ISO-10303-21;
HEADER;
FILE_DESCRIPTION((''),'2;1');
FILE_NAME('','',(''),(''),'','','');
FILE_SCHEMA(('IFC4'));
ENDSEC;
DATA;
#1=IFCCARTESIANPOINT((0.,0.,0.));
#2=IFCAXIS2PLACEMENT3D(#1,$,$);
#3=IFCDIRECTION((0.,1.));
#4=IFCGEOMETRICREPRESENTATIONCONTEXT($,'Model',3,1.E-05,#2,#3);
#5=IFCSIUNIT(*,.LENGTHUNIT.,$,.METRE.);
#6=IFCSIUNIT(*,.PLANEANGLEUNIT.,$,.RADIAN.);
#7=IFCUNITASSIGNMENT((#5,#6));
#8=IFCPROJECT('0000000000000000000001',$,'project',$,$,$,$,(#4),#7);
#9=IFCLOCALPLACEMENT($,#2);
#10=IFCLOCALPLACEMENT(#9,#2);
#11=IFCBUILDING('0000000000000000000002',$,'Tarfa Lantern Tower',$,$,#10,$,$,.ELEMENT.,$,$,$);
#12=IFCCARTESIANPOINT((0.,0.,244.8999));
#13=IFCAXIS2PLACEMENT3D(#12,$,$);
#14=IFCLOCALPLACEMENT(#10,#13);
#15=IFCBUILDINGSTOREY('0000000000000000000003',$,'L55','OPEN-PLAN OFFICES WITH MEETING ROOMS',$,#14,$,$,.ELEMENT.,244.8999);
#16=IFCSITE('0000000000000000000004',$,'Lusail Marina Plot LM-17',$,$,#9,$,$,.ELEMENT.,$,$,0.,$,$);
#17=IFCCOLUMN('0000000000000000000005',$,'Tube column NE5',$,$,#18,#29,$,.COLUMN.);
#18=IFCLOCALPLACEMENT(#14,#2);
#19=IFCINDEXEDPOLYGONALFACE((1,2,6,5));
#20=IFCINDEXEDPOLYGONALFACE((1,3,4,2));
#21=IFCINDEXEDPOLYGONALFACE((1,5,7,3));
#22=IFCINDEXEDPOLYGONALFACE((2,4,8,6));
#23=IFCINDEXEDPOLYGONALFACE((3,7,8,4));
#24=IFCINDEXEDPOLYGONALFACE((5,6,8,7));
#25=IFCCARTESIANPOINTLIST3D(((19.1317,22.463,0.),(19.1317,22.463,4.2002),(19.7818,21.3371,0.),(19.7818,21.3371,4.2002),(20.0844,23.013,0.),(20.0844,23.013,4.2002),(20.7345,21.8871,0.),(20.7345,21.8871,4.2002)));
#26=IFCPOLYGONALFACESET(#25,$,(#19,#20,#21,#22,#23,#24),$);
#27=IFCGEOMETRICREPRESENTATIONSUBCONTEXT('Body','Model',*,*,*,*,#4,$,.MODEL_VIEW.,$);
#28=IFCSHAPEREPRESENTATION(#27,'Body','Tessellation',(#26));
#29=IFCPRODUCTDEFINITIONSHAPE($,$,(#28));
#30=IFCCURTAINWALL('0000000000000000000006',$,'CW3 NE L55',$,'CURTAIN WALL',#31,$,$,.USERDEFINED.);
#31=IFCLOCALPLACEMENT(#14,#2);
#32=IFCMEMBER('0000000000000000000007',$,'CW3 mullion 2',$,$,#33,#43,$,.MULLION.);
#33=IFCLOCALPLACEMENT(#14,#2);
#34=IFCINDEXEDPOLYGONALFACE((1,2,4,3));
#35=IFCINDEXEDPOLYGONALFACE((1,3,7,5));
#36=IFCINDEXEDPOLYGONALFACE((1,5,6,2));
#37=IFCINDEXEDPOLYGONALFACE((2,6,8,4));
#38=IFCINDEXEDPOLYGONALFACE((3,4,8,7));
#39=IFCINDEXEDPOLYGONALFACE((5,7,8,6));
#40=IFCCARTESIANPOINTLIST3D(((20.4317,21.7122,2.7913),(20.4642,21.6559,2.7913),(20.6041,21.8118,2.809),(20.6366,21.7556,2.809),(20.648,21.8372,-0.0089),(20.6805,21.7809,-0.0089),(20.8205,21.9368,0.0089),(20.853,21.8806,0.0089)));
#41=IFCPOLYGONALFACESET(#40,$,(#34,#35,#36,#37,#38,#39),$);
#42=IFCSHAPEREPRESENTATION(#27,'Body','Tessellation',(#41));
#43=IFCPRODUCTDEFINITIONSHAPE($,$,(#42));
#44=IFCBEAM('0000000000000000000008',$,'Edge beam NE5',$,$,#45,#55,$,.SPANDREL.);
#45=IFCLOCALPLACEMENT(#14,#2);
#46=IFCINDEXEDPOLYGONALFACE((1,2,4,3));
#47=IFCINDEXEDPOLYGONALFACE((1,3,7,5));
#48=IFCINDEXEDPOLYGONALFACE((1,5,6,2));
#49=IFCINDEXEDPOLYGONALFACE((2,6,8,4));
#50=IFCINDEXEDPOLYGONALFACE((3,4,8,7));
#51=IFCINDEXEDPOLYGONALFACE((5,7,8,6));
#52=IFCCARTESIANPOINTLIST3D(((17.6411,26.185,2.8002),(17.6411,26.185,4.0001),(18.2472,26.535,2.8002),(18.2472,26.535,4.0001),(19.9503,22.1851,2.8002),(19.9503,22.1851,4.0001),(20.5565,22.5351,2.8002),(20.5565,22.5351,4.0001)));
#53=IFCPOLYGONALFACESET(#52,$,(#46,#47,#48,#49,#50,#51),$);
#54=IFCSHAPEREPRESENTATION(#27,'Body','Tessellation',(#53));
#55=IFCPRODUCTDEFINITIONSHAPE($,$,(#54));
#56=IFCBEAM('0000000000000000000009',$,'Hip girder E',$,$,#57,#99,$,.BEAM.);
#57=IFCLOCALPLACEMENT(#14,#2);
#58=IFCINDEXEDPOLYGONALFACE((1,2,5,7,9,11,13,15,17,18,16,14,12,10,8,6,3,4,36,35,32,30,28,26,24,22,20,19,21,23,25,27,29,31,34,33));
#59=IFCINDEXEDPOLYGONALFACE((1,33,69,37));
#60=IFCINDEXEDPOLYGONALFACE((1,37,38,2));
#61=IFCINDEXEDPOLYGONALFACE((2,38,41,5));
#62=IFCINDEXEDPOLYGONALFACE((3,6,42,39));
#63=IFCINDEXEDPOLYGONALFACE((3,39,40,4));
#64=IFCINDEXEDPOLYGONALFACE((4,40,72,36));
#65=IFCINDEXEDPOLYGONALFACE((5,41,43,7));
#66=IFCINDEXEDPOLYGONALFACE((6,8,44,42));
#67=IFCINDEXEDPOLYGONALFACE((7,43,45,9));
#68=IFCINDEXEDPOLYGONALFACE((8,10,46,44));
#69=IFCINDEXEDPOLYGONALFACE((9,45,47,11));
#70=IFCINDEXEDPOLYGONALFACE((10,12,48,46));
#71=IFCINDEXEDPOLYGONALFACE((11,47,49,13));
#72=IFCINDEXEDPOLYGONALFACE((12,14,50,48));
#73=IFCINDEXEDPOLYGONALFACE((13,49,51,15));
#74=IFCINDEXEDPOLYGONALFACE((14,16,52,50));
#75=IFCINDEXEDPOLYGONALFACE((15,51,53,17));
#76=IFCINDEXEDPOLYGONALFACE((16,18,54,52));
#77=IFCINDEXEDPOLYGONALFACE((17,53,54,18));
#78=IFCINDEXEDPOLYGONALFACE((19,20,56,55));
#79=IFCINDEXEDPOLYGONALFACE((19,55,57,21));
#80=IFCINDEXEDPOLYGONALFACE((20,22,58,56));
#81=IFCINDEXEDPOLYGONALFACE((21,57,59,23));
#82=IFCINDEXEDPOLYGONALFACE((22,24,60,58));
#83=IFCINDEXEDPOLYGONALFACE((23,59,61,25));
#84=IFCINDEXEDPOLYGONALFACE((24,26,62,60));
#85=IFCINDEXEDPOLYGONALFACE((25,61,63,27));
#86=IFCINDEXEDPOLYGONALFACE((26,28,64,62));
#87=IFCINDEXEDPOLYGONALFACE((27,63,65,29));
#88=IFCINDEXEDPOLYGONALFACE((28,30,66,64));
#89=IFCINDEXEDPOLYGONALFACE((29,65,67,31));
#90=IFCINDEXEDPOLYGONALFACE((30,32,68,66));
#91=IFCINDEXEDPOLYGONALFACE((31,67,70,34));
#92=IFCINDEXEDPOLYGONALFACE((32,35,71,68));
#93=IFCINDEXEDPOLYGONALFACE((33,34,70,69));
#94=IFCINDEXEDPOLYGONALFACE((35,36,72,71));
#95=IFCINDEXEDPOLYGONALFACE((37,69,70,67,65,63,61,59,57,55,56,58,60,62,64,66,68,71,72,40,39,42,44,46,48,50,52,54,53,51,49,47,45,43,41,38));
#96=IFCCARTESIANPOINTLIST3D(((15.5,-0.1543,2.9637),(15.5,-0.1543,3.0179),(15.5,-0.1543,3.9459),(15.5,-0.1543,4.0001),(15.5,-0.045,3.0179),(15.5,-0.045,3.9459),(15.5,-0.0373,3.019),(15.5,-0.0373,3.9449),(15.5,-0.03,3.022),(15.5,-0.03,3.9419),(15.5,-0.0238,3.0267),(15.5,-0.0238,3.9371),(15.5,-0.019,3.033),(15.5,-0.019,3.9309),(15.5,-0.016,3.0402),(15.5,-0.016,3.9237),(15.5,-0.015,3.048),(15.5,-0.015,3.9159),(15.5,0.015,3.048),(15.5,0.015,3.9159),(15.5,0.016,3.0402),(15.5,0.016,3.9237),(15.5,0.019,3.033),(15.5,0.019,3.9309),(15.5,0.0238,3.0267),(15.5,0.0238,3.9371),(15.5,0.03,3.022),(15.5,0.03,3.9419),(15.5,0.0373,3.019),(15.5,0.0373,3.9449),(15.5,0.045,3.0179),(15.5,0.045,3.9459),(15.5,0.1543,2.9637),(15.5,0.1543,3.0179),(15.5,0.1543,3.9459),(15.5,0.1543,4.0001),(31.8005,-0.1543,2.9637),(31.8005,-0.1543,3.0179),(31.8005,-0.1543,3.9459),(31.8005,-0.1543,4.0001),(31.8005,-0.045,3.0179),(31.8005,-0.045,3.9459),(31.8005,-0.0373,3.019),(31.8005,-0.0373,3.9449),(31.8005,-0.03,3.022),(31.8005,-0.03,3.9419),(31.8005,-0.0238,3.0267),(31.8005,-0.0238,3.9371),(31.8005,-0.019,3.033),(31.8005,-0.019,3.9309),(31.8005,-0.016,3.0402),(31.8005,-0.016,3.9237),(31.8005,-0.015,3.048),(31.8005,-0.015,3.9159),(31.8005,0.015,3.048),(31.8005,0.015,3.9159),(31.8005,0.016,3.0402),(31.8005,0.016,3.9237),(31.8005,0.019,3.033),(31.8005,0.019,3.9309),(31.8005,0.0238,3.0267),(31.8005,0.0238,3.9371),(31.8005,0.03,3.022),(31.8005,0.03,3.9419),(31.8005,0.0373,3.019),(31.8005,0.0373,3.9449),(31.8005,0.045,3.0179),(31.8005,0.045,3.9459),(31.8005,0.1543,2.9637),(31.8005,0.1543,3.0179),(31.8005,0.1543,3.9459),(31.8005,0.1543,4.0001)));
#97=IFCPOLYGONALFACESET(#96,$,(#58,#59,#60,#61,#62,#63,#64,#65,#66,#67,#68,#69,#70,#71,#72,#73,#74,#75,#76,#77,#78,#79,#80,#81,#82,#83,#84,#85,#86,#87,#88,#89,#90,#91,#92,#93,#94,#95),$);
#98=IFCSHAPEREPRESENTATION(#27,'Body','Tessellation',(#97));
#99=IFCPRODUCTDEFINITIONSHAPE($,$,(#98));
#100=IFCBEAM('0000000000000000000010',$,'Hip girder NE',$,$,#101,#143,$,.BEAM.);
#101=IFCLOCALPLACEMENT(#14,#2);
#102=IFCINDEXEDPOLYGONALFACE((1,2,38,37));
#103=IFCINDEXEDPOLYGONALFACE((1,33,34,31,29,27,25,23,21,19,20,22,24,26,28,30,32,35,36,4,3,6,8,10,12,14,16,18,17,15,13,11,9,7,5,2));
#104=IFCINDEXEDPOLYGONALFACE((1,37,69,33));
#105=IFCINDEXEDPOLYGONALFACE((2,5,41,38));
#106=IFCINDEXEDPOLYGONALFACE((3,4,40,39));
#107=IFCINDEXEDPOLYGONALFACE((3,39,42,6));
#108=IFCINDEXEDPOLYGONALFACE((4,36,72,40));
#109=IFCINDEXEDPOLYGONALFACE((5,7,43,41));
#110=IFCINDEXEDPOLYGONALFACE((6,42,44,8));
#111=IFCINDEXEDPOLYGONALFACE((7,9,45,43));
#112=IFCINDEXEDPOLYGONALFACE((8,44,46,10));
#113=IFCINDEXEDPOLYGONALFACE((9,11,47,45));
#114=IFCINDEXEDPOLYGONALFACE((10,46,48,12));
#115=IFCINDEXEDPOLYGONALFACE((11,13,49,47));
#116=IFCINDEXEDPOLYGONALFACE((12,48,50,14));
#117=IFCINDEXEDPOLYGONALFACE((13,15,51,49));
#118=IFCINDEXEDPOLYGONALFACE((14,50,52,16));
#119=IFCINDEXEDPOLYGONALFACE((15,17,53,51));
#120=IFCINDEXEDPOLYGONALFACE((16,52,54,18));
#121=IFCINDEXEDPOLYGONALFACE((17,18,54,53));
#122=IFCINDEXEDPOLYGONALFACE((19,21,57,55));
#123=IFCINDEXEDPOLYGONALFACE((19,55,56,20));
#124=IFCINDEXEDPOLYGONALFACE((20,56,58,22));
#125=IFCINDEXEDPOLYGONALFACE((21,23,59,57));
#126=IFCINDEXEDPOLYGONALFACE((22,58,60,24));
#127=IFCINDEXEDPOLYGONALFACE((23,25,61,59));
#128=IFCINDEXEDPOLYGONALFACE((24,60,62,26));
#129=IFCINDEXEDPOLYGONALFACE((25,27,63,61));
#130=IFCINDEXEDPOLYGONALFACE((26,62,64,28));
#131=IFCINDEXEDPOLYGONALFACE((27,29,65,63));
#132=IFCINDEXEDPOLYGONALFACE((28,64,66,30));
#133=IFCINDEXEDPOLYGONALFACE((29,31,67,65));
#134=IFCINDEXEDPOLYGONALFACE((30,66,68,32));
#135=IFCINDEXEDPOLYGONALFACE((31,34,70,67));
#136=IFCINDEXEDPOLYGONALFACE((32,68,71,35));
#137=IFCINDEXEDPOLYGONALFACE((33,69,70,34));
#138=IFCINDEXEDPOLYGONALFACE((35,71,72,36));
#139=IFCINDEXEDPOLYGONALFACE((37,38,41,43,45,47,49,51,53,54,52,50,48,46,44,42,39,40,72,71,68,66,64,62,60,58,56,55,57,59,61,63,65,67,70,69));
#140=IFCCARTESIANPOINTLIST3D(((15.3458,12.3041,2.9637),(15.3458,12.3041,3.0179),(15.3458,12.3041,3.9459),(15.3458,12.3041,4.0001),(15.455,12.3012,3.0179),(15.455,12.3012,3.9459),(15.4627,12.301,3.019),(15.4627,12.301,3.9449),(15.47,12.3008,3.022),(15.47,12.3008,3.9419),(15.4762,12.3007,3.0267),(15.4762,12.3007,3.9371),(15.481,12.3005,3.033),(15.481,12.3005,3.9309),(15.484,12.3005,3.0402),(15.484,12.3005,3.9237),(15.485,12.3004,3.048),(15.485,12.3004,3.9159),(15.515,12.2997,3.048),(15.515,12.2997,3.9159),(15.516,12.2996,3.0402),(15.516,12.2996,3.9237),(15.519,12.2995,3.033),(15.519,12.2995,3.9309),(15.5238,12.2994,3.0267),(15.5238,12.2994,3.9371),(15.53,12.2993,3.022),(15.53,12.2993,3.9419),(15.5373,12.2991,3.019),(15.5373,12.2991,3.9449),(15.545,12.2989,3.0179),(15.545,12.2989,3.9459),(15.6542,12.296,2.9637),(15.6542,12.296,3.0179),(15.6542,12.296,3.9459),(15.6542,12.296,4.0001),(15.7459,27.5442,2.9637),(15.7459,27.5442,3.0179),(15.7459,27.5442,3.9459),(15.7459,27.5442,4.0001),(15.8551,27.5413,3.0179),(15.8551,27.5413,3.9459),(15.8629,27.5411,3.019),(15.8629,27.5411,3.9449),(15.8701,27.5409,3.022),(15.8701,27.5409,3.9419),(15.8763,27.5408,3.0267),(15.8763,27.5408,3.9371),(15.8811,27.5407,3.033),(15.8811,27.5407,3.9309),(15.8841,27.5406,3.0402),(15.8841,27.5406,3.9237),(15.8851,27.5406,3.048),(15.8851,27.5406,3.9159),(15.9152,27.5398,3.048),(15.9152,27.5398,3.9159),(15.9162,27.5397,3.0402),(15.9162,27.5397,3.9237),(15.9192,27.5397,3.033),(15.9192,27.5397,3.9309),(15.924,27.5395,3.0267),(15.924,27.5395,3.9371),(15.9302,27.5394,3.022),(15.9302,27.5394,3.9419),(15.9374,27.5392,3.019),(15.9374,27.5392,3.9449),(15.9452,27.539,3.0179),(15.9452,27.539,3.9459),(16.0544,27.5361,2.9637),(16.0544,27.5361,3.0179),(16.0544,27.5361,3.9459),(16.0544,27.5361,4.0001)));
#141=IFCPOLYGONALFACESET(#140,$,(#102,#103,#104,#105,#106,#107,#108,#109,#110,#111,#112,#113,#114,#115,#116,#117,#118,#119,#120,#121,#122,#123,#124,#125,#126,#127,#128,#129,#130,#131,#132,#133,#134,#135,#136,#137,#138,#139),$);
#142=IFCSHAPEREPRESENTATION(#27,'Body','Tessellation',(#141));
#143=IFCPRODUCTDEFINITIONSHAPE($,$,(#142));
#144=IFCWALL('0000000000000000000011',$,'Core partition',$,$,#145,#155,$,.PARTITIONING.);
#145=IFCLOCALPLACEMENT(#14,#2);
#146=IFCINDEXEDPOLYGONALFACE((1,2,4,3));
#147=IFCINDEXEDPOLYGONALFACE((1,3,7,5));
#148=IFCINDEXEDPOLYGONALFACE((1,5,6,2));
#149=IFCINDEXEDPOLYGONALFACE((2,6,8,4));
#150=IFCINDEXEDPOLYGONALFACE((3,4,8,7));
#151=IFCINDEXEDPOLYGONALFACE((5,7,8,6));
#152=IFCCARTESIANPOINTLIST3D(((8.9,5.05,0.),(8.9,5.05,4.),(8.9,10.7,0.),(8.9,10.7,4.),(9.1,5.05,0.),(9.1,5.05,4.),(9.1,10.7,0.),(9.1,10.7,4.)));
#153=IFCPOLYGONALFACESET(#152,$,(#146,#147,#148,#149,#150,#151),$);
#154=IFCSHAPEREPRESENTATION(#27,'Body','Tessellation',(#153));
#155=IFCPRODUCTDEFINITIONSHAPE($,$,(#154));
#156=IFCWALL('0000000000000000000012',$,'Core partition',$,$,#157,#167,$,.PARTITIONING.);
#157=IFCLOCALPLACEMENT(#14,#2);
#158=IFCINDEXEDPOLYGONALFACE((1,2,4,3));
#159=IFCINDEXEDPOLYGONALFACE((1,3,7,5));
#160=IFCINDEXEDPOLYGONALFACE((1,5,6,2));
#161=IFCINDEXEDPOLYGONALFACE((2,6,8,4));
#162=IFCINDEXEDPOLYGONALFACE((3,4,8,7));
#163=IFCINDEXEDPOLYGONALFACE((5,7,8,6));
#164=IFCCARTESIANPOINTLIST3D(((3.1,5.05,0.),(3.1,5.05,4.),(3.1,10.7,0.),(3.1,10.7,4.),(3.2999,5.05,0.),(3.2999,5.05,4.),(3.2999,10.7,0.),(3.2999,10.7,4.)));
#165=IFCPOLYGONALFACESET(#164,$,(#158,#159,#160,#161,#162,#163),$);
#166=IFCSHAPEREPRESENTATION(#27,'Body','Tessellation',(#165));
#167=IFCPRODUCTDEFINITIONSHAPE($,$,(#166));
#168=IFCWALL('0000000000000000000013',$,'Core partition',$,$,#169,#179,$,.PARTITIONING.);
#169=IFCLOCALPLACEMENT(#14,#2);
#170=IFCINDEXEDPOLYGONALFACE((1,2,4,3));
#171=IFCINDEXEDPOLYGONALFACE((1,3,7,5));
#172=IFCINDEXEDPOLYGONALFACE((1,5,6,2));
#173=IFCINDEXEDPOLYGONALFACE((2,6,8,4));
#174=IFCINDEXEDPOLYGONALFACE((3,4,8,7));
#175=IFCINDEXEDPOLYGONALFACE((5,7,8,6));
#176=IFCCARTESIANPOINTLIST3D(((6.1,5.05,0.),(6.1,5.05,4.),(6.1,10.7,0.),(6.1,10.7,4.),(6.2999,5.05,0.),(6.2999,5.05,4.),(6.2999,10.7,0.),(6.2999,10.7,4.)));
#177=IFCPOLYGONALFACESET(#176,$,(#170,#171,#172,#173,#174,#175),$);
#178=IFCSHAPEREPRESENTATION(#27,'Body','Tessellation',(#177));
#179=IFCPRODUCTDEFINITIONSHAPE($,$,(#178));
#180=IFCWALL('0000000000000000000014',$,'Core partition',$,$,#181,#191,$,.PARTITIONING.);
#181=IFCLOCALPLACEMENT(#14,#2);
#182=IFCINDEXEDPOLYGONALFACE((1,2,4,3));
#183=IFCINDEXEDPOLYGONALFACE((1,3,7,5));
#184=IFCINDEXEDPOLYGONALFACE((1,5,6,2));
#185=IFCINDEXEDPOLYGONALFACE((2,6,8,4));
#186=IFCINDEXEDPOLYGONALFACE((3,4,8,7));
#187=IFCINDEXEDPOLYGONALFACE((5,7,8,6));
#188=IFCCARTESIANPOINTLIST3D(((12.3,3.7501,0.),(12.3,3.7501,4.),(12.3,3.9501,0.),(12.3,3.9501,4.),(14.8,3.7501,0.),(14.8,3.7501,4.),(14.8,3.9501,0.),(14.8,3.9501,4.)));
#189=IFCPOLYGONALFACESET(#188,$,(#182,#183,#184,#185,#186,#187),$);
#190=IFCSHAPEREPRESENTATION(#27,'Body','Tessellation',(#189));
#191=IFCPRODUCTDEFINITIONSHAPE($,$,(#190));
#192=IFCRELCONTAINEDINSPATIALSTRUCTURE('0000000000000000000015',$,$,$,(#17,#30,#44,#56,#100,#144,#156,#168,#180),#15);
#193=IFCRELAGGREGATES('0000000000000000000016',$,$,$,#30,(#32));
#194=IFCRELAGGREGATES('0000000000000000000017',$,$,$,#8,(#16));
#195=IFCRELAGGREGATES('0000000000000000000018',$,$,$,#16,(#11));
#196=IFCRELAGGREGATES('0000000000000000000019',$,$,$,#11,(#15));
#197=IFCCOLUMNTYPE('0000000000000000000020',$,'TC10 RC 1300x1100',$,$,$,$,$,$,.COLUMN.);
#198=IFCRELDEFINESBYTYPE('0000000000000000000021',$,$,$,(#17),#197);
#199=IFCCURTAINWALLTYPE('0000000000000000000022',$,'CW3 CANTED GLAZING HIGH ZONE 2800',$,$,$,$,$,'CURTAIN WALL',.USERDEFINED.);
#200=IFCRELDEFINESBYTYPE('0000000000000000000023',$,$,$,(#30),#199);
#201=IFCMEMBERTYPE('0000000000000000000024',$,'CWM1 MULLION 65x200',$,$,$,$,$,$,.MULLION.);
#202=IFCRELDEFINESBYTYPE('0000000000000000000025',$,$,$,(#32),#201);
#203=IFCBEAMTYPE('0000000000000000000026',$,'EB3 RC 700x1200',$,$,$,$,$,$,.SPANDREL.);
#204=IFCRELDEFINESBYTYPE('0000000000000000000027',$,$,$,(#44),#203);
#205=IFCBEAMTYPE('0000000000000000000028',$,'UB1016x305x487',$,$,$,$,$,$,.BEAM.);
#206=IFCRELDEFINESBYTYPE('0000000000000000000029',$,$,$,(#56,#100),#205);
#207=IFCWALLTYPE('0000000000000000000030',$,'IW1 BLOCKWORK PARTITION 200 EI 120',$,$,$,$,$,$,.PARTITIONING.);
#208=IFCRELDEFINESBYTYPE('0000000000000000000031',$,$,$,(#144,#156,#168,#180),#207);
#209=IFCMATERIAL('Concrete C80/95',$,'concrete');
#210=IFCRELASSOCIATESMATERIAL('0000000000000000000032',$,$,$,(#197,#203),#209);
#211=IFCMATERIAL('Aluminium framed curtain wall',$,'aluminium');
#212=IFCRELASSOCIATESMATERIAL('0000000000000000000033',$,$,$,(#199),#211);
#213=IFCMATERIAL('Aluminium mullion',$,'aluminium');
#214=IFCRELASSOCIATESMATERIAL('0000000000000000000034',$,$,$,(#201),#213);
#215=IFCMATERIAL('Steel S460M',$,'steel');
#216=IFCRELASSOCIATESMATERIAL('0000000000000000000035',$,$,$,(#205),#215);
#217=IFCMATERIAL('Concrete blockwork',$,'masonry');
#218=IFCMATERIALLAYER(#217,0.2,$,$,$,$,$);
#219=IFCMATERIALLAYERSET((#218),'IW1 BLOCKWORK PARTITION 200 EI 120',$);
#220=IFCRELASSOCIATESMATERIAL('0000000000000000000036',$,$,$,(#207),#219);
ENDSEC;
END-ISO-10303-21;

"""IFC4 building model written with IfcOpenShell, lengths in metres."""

from ifc_helpers import new_model, si_unit, direction, frame, frame_2d, origin, origin_2d, place, context, subcontext, project, spatial, rectangle, i_section, extrude, material, layer, layer_set, material_profile, profile_set, type_object, element, aggregate, save


model = new_model("IFC4")

# Units and contexts
model_context = context("Model", 3, precision=1e-05, world=origin(), true_north=direction((0.0, 1.0)))
body_context = subcontext(model_context, "Body", "Model", "MODEL_VIEW")
ifc_project = project(units=[si_unit("LENGTHUNIT", "METRE"), si_unit("PLANEANGLEUNIT", "RADIAN")], contexts=[model_context])

# Site, building, storey
site_placement = place(None, origin())
site = spatial("IfcSite", under=ifc_project, at=site_placement, Name="Lusail Marina Plot LM-17", CompositionType="ELEMENT", RefElevation=0.0)
building_placement = place(site_placement, origin())
building = spatial("IfcBuilding", under=site, at=building_placement, Name="Tarfa Lantern Tower", CompositionType="ELEMENT")
storey_placement = place(building_placement, frame((0.0, 0.0, 244.8999)))
storey = spatial("IfcBuildingStorey", under=building, at=storey_placement, Name="L55", Description="OPEN-PLAN OFFICES WITH MEETING ROOMS", CompositionType="ELEMENT", Elevation=244.8999)

# Column
ifc_material_1 = material(Name="Concrete C80/95", Category="concrete")
ifc_material_profile_1 = material_profile(ifc_material_1, rectangle(XDim=1.3, YDim=1.1001, at=origin_2d()), Name="RC 1300x1100")
ifc_profile_set_1 = profile_set([ifc_material_profile_1], Name="Concrete C80/95")
column_type = type_object("IfcColumnType", Name="TC10 RC 1300x1100", PredefinedType="COLUMN", material=ifc_profile_set_1)
column_placement = place(storey_placement, frame((19.9331, 22.175, 0.0), z_axis=(0.0, 0.0, 1.0), x_axis=(-0.5, 0.866025, 0.0)))
element("IfcColumn", 1, at=column_placement, inside=storey, type_object=column_type, Name="Tube column NE5", PredefinedType="COLUMN", context=body_context, shape_type="SweptSolid", body=[
    extrude(rectangle(XDim=1.3, YDim=1.1001, at=origin_2d()), origin(), (0.0, 0.0, 1.0), 4.2002),
])

# Curtain wall, member
ifc_material_2 = material(Name="Aluminium framed curtain wall", Category="aluminium")
curtain_wall_type = type_object("IfcCurtainWallType", Name="CW3 CANTED GLAZING HIGH ZONE 2800", ElementType="CURTAIN WALL", PredefinedType="USERDEFINED", material=ifc_material_2)
curtain_wall_placement = place(storey_placement, origin())
curtain_wall = element("IfcCurtainWall", 2, at=curtain_wall_placement, inside=storey, type_object=curtain_wall_type, Name="CW3 NE L55", ObjectType="CURTAIN WALL", PredefinedType="USERDEFINED")
ifc_material_3 = material(Name="Aluminium mullion", Category="aluminium")
ifc_material_profile_2 = material_profile(ifc_material_3, rectangle(XDim=0.0649, YDim=0.2, at=origin_2d()), Name="AL MULLION 65x200")
ifc_profile_set_2 = profile_set([ifc_material_profile_2], Name="Aluminium mullion")
member_type = type_object("IfcMemberType", Name="CWM1 MULLION 65x200", PredefinedType="MULLION", material=ifc_profile_set_2)
member_placement = place(storey_placement, frame((20.7505, 21.8589, 0.0), z_axis=(-0.076946, -0.044465, 0.996043), x_axis=(0.500343, -0.865827, 0.0)))
member = element("IfcMember", 3, at=member_placement, type_object=member_type, Name="CW3 mullion 2", PredefinedType="MULLION", context=body_context, shape_type="SweptSolid", body=[
    extrude(rectangle(XDim=0.0649, YDim=0.2, at=origin_2d()), origin(), (0.0, 0.0, 1.0), 2.8113),
])
aggregate(curtain_wall, [member])

# Beams
ifc_material_profile_3 = material_profile(ifc_material_1, rectangle(XDim=0.7, YDim=1.2, at=origin_2d()), Name="RC 700x1200")
ifc_profile_set_3 = profile_set([ifc_material_profile_3], Name="Concrete C80/95")
beam_type_1 = type_object("IfcBeamType", Name="EB3 RC 700x1200", PredefinedType="SPANDREL", material=ifc_profile_set_3)
beam_1_placement = place(storey_placement, frame((20.2534, 22.3601, 3.4001), z_axis=(-0.499988, 0.866032, 0.0), x_axis=(-0.866032, -0.499988, 0.0)))
element("IfcBeam", 4, at=beam_1_placement, inside=storey, type_object=beam_type_1, Name="Edge beam NE5", PredefinedType="SPANDREL", context=body_context, shape_type="SweptSolid", body=[
    extrude(rectangle(XDim=0.7, YDim=1.2, at=origin_2d()), origin(), (0.0, 0.0, 1.0), 4.6187),
])
ifc_material_4 = material(Name="Steel S460M", Category="steel")
ifc_material_profile_4 = material_profile(ifc_material_4, i_section(OverallWidth=0.3086, OverallDepth=1.0364, WebThickness=0.03, FlangeThickness=0.0542, FilletRadius=0.03, at=origin_2d()), Name="UB1016x305x487")
ifc_profile_set_4 = profile_set([ifc_material_profile_4], Name="Steel S460M")
beam_type_2 = type_object("IfcBeamType", Name="UB1016x305x487", PredefinedType="BEAM", material=ifc_profile_set_4)
beam_2_placement = place(storey_placement, frame((15.5, 0.0, 3.4819), z_axis=(1.0, 0.0, 0.0), x_axis=(0.0, 1.0, 0.0)))
element("IfcBeam", 5, at=beam_2_placement, inside=storey, type_object=beam_type_2, Name="Hip girder E", PredefinedType="BEAM", context=body_context, shape_type="SweptSolid", body=[
    extrude(i_section(OverallWidth=0.3086, OverallDepth=1.0364, WebThickness=0.03, FlangeThickness=0.0542, FilletRadius=0.03, at=origin_2d()), origin(), (0.0, 0.0, 1.0), 16.3005),
])
beam_3_placement = place(storey_placement, frame((15.5, 12.3, 3.4819), z_axis=(0.026247, 0.999655, 0.0), x_axis=(-0.999655, 0.026247, 0.0)))
element("IfcBeam", 6, at=beam_3_placement, inside=storey, type_object=beam_type_2, Name="Hip girder NE", PredefinedType="BEAM", context=body_context, shape_type="SweptSolid", body=[
    extrude(i_section(OverallWidth=0.3086, OverallDepth=1.0364, WebThickness=0.03, FlangeThickness=0.0542, FilletRadius=0.03, at=origin_2d()), origin(), (0.0, 0.0, 1.0), 15.2454),
])

# Walls
ifc_material_5 = material(Name="Concrete blockwork", Category="masonry")
ifc_layer_1 = layer(ifc_material_5, 0.2)
ifc_layer_set_1 = layer_set([ifc_layer_1], Name="IW1 BLOCKWORK PARTITION 200 EI 120")
wall_type_1 = type_object("IfcWallType", Name="IW1 BLOCKWORK PARTITION 200 EI 120", PredefinedType="PARTITIONING", material=ifc_layer_set_1)
for number, where, z_axis, x_axis, name in (
    (7, (9.0, 5.05, 0.0), (0.0, 0.0, 1.0), (0.0, 1.0, 0.0), "Core partition"),
    (8, (3.2, 5.05, 0.0), (0.0, 0.0, 1.0), (0.0, 1.0, 0.0), "Core partition"),
    (9, (6.2, 5.05, 0.0), (0.0, 0.0, 1.0), (0.0, 1.0, 0.0), "Core partition"),
):
    element("IfcWall", number, at=place(storey_placement, frame(where, z_axis=z_axis, x_axis=x_axis)), inside=storey, type_object=wall_type_1, Name=name, PredefinedType="PARTITIONING", context=body_context, shape_type="SweptSolid", body=[
        extrude(rectangle(XDim=5.6499, YDim=0.2, at=frame_2d((2.825, 0.0))), origin(), (0.0, 0.0, 1.0), 4.0),
    ])
wall_1_placement = place(storey_placement, frame((12.3, 3.8501, 0.0), z_axis=(0.0, 0.0, 1.0), x_axis=(1.0, 0.0, 0.0)))
element("IfcWall", 10, at=wall_1_placement, inside=storey, type_object=wall_type_1, Name="Core partition", PredefinedType="PARTITIONING", context=body_context, shape_type="SweptSolid", body=[
    extrude(rectangle(XDim=2.5, YDim=0.2, at=frame_2d((1.25, 0.0))), origin(), (0.0, 0.0, 1.0), 4.0),
])

save(model, "model.ifc")
